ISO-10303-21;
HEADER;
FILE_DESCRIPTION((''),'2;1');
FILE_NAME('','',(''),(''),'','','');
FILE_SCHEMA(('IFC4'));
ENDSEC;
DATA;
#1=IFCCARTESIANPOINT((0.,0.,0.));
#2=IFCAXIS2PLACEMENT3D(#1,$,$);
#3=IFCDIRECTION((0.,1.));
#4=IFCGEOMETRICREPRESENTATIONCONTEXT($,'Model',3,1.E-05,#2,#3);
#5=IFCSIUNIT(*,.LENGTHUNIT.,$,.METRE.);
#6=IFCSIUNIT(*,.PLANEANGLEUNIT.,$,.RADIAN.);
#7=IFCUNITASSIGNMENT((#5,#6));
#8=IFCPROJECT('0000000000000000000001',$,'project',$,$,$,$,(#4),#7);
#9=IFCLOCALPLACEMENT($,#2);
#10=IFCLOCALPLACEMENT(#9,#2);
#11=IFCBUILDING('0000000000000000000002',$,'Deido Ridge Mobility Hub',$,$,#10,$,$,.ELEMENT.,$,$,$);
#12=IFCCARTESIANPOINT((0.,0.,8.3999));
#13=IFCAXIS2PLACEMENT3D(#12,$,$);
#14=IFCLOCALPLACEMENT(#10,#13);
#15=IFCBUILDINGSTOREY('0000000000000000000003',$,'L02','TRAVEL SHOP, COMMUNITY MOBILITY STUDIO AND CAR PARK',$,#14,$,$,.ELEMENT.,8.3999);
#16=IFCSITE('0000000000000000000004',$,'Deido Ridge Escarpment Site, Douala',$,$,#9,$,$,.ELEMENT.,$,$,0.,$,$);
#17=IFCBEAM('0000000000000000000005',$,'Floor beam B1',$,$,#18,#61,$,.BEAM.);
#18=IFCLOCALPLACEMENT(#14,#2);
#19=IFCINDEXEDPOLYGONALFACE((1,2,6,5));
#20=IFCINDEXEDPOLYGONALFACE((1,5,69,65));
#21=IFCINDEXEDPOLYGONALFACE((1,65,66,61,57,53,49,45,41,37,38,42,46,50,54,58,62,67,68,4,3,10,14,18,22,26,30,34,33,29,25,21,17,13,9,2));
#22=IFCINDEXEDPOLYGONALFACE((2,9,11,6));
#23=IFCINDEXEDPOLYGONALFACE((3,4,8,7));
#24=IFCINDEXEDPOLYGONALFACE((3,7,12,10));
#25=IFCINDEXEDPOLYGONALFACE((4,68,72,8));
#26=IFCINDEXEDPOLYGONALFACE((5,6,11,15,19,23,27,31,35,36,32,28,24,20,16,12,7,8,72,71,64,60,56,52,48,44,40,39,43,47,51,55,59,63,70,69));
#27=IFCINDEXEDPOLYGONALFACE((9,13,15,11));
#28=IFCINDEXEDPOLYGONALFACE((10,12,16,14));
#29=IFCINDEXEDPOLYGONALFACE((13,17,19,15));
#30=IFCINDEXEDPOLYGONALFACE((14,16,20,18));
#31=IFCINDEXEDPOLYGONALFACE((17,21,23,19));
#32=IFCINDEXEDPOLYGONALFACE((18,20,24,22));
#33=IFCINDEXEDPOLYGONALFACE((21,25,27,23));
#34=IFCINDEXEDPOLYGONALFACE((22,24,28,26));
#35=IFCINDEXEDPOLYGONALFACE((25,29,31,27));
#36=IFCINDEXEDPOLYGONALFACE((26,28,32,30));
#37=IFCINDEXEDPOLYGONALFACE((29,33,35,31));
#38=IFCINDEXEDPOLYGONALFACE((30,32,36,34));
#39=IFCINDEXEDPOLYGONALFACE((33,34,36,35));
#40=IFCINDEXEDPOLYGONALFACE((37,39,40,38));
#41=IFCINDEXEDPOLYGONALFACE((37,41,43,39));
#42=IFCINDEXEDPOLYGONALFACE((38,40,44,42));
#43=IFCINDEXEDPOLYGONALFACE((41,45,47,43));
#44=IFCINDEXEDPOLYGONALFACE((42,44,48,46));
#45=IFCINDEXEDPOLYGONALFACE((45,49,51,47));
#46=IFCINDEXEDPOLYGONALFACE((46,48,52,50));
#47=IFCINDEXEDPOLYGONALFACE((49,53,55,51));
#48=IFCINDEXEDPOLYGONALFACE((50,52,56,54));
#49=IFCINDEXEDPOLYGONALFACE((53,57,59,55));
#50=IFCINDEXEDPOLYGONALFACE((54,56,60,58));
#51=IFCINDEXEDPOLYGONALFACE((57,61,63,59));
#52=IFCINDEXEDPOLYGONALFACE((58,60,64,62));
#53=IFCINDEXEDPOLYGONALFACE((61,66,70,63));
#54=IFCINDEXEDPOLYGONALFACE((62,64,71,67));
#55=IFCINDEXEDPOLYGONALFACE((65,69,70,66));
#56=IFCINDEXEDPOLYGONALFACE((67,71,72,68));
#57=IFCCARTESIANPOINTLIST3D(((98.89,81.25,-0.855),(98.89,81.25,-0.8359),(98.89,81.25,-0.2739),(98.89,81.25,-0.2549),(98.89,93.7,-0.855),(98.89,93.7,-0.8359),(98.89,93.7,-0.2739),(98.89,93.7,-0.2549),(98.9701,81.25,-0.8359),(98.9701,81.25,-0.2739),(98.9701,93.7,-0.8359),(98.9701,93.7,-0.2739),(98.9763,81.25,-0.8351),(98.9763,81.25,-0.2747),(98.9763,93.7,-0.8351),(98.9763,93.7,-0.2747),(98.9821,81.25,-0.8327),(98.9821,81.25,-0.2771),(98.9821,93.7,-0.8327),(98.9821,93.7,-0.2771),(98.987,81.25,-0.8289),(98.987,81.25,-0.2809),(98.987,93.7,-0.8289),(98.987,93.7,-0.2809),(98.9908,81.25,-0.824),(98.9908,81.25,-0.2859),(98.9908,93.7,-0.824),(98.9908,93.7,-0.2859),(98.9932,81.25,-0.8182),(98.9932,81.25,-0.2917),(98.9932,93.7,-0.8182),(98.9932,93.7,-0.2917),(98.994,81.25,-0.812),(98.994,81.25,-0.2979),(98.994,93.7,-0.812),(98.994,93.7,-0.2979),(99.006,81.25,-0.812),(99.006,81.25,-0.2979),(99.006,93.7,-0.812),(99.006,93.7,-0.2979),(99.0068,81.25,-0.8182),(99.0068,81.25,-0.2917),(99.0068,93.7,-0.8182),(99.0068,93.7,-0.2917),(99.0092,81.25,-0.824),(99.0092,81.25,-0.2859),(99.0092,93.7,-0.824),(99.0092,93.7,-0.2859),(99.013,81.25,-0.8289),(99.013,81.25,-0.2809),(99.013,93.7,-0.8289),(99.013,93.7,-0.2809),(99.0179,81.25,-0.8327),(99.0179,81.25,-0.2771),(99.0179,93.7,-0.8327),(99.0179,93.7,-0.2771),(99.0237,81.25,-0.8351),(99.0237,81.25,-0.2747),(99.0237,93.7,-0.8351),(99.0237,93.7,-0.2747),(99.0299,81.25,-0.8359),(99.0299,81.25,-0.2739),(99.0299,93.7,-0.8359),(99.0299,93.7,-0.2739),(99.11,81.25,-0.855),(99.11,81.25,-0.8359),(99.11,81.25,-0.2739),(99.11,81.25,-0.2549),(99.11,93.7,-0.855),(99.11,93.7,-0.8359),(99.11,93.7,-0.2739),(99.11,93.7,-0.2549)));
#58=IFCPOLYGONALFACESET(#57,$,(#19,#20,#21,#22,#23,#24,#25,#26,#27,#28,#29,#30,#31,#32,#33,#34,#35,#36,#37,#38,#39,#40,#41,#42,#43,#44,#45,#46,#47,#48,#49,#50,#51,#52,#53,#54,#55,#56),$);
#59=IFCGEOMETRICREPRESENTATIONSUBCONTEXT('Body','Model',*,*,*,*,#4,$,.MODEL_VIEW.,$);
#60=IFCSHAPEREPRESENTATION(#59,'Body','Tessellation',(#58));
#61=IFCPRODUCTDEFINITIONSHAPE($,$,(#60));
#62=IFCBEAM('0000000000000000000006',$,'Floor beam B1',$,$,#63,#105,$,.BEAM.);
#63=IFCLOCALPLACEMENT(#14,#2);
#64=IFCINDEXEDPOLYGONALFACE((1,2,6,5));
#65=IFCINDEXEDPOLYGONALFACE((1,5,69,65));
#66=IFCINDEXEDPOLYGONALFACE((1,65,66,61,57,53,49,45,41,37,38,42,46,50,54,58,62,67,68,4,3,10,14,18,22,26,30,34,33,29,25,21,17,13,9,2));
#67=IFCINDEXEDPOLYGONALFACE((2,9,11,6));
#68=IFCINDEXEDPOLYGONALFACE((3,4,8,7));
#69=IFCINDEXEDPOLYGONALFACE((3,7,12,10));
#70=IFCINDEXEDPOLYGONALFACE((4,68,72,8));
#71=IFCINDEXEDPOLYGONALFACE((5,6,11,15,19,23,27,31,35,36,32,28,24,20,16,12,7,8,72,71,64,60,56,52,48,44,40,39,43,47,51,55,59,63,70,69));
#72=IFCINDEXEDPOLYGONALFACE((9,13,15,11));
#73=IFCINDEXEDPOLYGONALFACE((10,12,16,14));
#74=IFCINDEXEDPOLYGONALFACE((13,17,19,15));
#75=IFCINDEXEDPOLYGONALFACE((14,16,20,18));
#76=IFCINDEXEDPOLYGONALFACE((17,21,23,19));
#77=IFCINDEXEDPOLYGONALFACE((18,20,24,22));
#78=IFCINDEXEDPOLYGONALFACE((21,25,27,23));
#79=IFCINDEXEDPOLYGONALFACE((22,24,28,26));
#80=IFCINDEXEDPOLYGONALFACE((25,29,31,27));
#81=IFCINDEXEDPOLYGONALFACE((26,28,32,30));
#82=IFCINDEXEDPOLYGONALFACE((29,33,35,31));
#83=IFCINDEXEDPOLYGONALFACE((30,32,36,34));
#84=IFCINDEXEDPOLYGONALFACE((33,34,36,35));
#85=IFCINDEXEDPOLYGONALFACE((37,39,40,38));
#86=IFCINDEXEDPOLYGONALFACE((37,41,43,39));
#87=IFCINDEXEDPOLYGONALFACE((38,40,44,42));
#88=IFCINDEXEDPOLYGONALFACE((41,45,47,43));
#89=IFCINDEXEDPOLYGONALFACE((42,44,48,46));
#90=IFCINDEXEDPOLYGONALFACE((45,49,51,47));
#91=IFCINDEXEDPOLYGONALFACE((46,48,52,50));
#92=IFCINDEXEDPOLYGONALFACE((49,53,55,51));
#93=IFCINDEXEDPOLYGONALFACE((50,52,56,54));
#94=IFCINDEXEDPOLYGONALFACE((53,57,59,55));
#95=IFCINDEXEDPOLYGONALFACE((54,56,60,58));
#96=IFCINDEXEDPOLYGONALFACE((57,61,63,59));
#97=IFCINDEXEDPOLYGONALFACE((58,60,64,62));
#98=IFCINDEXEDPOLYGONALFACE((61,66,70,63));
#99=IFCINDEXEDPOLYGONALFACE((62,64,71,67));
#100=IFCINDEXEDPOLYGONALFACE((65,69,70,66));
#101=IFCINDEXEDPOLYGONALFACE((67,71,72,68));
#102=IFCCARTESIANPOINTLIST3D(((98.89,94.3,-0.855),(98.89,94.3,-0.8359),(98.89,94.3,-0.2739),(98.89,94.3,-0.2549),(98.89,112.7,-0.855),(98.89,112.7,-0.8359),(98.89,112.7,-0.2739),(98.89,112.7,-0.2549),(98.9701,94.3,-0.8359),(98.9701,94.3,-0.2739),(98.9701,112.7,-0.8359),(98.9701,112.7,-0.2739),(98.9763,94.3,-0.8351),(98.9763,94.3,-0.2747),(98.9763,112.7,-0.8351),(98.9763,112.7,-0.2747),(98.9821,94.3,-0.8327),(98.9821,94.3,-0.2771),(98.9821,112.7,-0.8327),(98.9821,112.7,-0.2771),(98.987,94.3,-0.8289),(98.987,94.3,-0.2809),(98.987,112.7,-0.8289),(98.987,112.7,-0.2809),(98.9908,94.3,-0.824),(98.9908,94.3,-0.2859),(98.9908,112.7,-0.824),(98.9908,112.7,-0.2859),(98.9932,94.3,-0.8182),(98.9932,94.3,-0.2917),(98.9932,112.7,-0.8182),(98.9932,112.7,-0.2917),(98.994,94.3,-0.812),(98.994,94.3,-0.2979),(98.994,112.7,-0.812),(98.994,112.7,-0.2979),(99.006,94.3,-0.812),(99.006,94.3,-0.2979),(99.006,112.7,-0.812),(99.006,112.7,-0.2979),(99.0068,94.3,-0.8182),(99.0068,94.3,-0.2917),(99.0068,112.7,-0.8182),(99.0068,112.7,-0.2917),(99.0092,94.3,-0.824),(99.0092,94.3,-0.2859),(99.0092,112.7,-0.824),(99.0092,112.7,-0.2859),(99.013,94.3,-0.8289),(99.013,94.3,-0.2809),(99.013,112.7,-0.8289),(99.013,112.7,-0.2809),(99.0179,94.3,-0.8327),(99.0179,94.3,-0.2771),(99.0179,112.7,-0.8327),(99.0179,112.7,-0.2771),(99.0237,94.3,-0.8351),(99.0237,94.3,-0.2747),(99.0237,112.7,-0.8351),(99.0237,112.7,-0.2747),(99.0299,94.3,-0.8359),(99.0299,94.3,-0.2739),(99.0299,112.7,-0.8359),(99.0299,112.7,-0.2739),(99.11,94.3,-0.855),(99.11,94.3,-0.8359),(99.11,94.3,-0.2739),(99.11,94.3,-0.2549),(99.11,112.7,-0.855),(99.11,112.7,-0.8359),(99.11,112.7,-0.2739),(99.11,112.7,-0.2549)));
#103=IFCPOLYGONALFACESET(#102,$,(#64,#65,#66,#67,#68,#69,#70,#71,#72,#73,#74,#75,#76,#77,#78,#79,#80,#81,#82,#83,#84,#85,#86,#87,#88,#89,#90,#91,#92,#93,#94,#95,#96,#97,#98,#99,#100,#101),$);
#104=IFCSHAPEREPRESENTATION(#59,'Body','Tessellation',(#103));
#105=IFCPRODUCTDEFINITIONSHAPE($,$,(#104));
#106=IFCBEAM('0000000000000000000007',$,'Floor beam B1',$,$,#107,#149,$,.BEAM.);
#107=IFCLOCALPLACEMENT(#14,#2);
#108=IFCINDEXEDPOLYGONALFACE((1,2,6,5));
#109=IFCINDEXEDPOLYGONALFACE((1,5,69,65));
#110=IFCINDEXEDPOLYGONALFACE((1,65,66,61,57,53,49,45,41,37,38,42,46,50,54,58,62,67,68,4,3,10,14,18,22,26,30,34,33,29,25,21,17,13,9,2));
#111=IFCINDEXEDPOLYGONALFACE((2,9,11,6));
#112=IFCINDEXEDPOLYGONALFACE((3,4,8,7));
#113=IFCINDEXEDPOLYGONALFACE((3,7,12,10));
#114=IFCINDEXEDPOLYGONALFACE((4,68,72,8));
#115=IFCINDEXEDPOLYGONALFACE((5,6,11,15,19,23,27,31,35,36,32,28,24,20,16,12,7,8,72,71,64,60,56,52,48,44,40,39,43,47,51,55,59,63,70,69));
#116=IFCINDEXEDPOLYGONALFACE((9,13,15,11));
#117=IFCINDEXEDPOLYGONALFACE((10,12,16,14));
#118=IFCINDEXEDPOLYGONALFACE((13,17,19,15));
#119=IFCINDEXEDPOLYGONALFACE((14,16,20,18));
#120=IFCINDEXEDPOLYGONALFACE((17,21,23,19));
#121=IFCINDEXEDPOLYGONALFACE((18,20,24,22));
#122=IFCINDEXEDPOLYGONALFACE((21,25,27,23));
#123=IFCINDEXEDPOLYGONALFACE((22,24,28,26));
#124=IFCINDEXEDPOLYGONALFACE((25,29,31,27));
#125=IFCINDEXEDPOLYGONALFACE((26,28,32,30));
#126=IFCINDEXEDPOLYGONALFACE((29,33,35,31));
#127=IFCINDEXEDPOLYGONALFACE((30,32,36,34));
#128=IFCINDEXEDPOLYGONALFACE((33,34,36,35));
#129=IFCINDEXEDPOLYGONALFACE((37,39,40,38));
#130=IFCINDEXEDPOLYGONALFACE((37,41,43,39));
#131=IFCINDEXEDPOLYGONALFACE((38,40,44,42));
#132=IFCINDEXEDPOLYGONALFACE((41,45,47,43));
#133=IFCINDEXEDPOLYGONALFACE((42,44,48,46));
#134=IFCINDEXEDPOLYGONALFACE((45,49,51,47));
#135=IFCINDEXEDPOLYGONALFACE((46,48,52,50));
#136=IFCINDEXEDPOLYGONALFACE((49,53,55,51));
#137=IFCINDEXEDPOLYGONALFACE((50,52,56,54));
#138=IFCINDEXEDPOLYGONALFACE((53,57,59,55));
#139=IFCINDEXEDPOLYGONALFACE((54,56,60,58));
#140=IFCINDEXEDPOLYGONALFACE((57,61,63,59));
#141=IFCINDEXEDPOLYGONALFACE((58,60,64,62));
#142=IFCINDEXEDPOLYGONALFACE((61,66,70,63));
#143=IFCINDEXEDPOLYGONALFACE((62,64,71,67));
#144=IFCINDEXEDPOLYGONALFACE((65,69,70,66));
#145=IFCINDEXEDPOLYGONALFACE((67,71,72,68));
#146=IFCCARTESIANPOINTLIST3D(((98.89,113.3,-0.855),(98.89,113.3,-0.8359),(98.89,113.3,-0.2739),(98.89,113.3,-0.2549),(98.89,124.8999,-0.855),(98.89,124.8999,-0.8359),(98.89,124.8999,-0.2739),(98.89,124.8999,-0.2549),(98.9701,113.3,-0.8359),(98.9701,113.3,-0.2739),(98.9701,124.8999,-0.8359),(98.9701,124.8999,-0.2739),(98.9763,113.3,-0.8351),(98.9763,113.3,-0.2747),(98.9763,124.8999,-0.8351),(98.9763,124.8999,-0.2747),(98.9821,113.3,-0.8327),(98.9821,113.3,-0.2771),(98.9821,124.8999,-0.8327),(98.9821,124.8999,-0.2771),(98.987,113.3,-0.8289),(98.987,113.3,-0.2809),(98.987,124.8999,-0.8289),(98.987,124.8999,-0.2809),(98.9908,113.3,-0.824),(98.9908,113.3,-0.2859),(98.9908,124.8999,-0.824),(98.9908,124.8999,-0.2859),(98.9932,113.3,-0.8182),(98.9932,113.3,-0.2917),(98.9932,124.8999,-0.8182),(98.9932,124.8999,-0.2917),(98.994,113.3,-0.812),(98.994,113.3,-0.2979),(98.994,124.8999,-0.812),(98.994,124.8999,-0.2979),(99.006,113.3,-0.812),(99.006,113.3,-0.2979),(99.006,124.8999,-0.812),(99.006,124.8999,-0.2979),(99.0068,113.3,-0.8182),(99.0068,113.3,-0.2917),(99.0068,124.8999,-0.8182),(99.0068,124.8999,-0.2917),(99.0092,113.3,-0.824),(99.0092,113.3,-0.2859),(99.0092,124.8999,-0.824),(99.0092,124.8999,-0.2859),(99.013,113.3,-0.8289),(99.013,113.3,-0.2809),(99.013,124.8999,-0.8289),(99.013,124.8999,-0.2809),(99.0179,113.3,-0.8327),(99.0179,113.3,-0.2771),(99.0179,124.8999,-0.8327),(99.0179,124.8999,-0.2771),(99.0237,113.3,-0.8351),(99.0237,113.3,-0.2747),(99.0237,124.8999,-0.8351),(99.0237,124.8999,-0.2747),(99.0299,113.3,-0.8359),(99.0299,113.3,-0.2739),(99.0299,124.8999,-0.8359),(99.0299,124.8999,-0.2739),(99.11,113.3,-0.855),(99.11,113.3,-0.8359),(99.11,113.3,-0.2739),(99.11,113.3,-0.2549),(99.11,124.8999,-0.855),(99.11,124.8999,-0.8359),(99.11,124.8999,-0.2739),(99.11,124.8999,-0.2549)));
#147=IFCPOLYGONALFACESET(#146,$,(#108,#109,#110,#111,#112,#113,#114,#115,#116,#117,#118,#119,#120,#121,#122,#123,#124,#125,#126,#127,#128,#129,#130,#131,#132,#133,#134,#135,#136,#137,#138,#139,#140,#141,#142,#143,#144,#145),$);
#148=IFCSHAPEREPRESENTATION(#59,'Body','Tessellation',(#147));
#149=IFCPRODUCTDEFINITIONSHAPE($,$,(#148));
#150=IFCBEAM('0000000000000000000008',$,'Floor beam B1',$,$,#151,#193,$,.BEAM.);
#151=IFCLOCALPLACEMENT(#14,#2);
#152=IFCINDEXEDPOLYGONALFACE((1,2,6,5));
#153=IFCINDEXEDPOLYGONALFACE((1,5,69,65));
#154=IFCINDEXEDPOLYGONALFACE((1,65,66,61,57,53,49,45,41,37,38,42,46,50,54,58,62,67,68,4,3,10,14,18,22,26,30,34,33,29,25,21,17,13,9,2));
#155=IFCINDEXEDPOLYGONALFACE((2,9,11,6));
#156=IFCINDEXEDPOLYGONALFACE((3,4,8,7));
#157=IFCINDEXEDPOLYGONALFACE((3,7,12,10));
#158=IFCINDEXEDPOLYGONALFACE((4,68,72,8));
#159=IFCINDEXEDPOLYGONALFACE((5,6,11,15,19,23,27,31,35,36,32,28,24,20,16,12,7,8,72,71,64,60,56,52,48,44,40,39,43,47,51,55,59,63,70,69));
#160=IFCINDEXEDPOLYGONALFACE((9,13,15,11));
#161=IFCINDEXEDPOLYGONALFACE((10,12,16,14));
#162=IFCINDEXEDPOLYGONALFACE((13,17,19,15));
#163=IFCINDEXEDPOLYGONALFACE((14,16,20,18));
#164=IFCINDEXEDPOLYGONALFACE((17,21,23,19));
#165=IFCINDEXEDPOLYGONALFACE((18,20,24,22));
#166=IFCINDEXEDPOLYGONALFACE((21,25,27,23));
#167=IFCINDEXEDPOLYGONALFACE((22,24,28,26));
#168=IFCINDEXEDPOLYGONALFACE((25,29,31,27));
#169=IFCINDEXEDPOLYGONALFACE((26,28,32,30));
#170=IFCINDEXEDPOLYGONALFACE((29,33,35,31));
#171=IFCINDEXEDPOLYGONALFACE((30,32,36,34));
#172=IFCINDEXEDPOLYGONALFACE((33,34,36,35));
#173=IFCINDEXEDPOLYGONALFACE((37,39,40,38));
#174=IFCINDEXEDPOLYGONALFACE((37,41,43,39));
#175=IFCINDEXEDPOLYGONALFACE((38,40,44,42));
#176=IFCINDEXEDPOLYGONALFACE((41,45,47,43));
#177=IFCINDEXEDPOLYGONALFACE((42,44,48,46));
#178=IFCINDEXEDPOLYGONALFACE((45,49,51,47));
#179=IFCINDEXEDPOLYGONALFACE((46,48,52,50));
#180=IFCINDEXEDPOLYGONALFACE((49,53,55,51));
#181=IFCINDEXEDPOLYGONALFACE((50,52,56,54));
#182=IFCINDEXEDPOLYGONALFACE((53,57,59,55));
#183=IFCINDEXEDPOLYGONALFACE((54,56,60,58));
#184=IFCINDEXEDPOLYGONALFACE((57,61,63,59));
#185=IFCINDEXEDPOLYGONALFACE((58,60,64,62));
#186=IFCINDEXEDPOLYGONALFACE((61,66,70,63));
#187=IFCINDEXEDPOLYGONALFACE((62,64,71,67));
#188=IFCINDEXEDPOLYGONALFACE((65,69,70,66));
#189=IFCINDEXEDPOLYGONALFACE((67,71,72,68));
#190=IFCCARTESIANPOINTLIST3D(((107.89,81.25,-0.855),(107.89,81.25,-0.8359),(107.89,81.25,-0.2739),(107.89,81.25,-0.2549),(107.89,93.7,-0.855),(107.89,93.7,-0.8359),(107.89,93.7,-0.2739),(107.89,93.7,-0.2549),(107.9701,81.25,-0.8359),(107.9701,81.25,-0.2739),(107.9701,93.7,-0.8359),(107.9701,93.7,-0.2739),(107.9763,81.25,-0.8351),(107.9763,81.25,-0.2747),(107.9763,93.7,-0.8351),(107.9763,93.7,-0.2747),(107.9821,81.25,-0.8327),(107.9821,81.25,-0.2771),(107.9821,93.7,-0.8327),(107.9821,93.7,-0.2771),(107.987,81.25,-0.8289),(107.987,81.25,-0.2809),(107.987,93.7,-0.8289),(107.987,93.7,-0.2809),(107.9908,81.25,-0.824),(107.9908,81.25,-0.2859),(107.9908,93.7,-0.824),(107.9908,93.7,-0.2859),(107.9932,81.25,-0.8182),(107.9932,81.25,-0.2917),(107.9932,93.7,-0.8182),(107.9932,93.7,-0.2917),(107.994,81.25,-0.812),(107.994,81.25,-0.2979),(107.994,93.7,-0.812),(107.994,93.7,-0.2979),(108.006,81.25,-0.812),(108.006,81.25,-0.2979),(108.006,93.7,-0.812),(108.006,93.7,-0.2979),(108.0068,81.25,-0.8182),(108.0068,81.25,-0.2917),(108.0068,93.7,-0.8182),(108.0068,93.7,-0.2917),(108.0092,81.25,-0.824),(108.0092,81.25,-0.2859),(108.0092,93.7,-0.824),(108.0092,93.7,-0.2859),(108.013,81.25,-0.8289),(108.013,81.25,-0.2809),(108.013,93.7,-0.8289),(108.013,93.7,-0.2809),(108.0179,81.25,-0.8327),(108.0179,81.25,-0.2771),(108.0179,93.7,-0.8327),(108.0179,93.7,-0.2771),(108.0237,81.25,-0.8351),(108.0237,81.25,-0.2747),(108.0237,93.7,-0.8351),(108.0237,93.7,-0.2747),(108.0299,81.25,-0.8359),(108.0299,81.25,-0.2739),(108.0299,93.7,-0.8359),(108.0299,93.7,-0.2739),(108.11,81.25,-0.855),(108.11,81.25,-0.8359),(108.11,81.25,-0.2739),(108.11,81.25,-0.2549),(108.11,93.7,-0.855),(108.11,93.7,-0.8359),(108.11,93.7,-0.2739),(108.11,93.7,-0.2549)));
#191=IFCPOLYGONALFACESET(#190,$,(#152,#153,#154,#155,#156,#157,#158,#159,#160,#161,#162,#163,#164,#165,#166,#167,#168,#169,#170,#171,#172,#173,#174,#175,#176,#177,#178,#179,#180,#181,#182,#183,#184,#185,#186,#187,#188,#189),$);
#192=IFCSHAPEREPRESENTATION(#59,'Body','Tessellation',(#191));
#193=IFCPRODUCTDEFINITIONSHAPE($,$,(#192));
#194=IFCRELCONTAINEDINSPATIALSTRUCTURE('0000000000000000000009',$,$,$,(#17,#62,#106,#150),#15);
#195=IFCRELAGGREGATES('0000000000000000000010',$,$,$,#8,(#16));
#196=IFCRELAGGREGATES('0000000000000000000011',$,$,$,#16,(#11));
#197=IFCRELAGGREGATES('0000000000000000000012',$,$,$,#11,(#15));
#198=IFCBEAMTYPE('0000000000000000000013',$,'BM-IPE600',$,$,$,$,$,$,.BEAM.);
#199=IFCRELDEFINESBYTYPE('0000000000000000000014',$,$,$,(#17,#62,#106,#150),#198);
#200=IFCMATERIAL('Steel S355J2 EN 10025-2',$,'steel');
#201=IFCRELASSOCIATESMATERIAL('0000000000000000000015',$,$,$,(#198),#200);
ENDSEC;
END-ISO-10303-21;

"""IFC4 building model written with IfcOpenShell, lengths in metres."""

from ifc_helpers import new_model, si_unit, direction, frame, origin, origin_2d, place, context, subcontext, project, spatial, i_section, extrude, material, material_profile, profile_set, type_object, element, save


model = new_model("IFC4")

# Units and contexts
model_context = context("Model", 3, precision=1e-05, world=origin(), true_north=direction((0.0, 1.0)))
body_context = subcontext(model_context, "Body", "Model", "MODEL_VIEW")
ifc_project = project(units=[si_unit("LENGTHUNIT", "METRE"), si_unit("PLANEANGLEUNIT", "RADIAN")], contexts=[model_context])

# Site, building, storey
site_placement = place(None, origin())
site = spatial("IfcSite", under=ifc_project, at=site_placement, Name="Deido Ridge Escarpment Site, Douala", CompositionType="ELEMENT", RefElevation=0.0)
building_placement = place(site_placement, origin())
building = spatial("IfcBuilding", under=site, at=building_placement, Name="Deido Ridge Mobility Hub", CompositionType="ELEMENT")
storey_placement = place(building_placement, frame((0.0, 0.0, 8.3999)))
storey = spatial("IfcBuildingStorey", under=building, at=storey_placement, Name="L02", Description="TRAVEL SHOP, COMMUNITY MOBILITY STUDIO AND CAR PARK", CompositionType="ELEMENT", Elevation=8.3999)

# Shared definitions
ifc_material_1 = material(Name="Steel S355J2 EN 10025-2", Category="steel")

# Beams
ifc_material_profile_1 = material_profile(ifc_material_1, i_section(OverallWidth=0.22, OverallDepth=0.6001, WebThickness=0.012, FlangeThickness=0.019, FilletRadius=0.0239, at=origin_2d()), Name="IPE 600")
ifc_profile_set_1 = profile_set([ifc_material_profile_1], Name="Steel S355J2 EN 10025-2")
beam_type_1 = type_object("IfcBeamType", Name="BM-IPE600", PredefinedType="BEAM", material=ifc_profile_set_1)
beam_1_placement = place(storey_placement, frame((99.0, 81.25, -0.5549), z_axis=(0.0, 1.0, 0.0), x_axis=(-1.0, 0.0, 0.0)))
element("IfcBeam", 1, at=beam_1_placement, inside=storey, type_object=beam_type_1, Name="Floor beam B1", PredefinedType="BEAM", context=body_context, shape_type="SweptSolid", body=[
    extrude(i_section(OverallWidth=0.22, OverallDepth=0.6001, WebThickness=0.012, FlangeThickness=0.019, FilletRadius=0.0239, at=origin_2d()), origin(), (0.0, 0.0, 1.0), 12.45),
])
beam_2_placement = place(storey_placement, frame((99.0, 94.3, -0.5549), z_axis=(0.0, 1.0, 0.0), x_axis=(-1.0, 0.0, 0.0)))
element("IfcBeam", 2, at=beam_2_placement, inside=storey, type_object=beam_type_1, Name="Floor beam B1", PredefinedType="BEAM", context=body_context, shape_type="SweptSolid", body=[
    extrude(i_section(OverallWidth=0.22, OverallDepth=0.6001, WebThickness=0.012, FlangeThickness=0.019, FilletRadius=0.0239, at=origin_2d()), origin(), (0.0, 0.0, 1.0), 18.3999),
])
beam_3_placement = place(storey_placement, frame((99.0, 113.3, -0.5549), z_axis=(0.0, 1.0, 0.0), x_axis=(-1.0, 0.0, 0.0)))
element("IfcBeam", 3, at=beam_3_placement, inside=storey, type_object=beam_type_1, Name="Floor beam B1", PredefinedType="BEAM", context=body_context, shape_type="SweptSolid", body=[
    extrude(i_section(OverallWidth=0.22, OverallDepth=0.6001, WebThickness=0.012, FlangeThickness=0.019, FilletRadius=0.0239, at=origin_2d()), origin(), (0.0, 0.0, 1.0), 11.5999),
])
beam_4_placement = place(storey_placement, frame((108.0, 81.25, -0.5549), z_axis=(0.0, 1.0, 0.0), x_axis=(-1.0, 0.0, 0.0)))
element("IfcBeam", 4, at=beam_4_placement, inside=storey, type_object=beam_type_1, Name="Floor beam B1", PredefinedType="BEAM", context=body_context, shape_type="SweptSolid", body=[
    extrude(i_section(OverallWidth=0.22, OverallDepth=0.6001, WebThickness=0.012, FlangeThickness=0.019, FilletRadius=0.0239, at=origin_2d()), origin(), (0.0, 0.0, 1.0), 12.45),
])

save(model, "model.ifc")
